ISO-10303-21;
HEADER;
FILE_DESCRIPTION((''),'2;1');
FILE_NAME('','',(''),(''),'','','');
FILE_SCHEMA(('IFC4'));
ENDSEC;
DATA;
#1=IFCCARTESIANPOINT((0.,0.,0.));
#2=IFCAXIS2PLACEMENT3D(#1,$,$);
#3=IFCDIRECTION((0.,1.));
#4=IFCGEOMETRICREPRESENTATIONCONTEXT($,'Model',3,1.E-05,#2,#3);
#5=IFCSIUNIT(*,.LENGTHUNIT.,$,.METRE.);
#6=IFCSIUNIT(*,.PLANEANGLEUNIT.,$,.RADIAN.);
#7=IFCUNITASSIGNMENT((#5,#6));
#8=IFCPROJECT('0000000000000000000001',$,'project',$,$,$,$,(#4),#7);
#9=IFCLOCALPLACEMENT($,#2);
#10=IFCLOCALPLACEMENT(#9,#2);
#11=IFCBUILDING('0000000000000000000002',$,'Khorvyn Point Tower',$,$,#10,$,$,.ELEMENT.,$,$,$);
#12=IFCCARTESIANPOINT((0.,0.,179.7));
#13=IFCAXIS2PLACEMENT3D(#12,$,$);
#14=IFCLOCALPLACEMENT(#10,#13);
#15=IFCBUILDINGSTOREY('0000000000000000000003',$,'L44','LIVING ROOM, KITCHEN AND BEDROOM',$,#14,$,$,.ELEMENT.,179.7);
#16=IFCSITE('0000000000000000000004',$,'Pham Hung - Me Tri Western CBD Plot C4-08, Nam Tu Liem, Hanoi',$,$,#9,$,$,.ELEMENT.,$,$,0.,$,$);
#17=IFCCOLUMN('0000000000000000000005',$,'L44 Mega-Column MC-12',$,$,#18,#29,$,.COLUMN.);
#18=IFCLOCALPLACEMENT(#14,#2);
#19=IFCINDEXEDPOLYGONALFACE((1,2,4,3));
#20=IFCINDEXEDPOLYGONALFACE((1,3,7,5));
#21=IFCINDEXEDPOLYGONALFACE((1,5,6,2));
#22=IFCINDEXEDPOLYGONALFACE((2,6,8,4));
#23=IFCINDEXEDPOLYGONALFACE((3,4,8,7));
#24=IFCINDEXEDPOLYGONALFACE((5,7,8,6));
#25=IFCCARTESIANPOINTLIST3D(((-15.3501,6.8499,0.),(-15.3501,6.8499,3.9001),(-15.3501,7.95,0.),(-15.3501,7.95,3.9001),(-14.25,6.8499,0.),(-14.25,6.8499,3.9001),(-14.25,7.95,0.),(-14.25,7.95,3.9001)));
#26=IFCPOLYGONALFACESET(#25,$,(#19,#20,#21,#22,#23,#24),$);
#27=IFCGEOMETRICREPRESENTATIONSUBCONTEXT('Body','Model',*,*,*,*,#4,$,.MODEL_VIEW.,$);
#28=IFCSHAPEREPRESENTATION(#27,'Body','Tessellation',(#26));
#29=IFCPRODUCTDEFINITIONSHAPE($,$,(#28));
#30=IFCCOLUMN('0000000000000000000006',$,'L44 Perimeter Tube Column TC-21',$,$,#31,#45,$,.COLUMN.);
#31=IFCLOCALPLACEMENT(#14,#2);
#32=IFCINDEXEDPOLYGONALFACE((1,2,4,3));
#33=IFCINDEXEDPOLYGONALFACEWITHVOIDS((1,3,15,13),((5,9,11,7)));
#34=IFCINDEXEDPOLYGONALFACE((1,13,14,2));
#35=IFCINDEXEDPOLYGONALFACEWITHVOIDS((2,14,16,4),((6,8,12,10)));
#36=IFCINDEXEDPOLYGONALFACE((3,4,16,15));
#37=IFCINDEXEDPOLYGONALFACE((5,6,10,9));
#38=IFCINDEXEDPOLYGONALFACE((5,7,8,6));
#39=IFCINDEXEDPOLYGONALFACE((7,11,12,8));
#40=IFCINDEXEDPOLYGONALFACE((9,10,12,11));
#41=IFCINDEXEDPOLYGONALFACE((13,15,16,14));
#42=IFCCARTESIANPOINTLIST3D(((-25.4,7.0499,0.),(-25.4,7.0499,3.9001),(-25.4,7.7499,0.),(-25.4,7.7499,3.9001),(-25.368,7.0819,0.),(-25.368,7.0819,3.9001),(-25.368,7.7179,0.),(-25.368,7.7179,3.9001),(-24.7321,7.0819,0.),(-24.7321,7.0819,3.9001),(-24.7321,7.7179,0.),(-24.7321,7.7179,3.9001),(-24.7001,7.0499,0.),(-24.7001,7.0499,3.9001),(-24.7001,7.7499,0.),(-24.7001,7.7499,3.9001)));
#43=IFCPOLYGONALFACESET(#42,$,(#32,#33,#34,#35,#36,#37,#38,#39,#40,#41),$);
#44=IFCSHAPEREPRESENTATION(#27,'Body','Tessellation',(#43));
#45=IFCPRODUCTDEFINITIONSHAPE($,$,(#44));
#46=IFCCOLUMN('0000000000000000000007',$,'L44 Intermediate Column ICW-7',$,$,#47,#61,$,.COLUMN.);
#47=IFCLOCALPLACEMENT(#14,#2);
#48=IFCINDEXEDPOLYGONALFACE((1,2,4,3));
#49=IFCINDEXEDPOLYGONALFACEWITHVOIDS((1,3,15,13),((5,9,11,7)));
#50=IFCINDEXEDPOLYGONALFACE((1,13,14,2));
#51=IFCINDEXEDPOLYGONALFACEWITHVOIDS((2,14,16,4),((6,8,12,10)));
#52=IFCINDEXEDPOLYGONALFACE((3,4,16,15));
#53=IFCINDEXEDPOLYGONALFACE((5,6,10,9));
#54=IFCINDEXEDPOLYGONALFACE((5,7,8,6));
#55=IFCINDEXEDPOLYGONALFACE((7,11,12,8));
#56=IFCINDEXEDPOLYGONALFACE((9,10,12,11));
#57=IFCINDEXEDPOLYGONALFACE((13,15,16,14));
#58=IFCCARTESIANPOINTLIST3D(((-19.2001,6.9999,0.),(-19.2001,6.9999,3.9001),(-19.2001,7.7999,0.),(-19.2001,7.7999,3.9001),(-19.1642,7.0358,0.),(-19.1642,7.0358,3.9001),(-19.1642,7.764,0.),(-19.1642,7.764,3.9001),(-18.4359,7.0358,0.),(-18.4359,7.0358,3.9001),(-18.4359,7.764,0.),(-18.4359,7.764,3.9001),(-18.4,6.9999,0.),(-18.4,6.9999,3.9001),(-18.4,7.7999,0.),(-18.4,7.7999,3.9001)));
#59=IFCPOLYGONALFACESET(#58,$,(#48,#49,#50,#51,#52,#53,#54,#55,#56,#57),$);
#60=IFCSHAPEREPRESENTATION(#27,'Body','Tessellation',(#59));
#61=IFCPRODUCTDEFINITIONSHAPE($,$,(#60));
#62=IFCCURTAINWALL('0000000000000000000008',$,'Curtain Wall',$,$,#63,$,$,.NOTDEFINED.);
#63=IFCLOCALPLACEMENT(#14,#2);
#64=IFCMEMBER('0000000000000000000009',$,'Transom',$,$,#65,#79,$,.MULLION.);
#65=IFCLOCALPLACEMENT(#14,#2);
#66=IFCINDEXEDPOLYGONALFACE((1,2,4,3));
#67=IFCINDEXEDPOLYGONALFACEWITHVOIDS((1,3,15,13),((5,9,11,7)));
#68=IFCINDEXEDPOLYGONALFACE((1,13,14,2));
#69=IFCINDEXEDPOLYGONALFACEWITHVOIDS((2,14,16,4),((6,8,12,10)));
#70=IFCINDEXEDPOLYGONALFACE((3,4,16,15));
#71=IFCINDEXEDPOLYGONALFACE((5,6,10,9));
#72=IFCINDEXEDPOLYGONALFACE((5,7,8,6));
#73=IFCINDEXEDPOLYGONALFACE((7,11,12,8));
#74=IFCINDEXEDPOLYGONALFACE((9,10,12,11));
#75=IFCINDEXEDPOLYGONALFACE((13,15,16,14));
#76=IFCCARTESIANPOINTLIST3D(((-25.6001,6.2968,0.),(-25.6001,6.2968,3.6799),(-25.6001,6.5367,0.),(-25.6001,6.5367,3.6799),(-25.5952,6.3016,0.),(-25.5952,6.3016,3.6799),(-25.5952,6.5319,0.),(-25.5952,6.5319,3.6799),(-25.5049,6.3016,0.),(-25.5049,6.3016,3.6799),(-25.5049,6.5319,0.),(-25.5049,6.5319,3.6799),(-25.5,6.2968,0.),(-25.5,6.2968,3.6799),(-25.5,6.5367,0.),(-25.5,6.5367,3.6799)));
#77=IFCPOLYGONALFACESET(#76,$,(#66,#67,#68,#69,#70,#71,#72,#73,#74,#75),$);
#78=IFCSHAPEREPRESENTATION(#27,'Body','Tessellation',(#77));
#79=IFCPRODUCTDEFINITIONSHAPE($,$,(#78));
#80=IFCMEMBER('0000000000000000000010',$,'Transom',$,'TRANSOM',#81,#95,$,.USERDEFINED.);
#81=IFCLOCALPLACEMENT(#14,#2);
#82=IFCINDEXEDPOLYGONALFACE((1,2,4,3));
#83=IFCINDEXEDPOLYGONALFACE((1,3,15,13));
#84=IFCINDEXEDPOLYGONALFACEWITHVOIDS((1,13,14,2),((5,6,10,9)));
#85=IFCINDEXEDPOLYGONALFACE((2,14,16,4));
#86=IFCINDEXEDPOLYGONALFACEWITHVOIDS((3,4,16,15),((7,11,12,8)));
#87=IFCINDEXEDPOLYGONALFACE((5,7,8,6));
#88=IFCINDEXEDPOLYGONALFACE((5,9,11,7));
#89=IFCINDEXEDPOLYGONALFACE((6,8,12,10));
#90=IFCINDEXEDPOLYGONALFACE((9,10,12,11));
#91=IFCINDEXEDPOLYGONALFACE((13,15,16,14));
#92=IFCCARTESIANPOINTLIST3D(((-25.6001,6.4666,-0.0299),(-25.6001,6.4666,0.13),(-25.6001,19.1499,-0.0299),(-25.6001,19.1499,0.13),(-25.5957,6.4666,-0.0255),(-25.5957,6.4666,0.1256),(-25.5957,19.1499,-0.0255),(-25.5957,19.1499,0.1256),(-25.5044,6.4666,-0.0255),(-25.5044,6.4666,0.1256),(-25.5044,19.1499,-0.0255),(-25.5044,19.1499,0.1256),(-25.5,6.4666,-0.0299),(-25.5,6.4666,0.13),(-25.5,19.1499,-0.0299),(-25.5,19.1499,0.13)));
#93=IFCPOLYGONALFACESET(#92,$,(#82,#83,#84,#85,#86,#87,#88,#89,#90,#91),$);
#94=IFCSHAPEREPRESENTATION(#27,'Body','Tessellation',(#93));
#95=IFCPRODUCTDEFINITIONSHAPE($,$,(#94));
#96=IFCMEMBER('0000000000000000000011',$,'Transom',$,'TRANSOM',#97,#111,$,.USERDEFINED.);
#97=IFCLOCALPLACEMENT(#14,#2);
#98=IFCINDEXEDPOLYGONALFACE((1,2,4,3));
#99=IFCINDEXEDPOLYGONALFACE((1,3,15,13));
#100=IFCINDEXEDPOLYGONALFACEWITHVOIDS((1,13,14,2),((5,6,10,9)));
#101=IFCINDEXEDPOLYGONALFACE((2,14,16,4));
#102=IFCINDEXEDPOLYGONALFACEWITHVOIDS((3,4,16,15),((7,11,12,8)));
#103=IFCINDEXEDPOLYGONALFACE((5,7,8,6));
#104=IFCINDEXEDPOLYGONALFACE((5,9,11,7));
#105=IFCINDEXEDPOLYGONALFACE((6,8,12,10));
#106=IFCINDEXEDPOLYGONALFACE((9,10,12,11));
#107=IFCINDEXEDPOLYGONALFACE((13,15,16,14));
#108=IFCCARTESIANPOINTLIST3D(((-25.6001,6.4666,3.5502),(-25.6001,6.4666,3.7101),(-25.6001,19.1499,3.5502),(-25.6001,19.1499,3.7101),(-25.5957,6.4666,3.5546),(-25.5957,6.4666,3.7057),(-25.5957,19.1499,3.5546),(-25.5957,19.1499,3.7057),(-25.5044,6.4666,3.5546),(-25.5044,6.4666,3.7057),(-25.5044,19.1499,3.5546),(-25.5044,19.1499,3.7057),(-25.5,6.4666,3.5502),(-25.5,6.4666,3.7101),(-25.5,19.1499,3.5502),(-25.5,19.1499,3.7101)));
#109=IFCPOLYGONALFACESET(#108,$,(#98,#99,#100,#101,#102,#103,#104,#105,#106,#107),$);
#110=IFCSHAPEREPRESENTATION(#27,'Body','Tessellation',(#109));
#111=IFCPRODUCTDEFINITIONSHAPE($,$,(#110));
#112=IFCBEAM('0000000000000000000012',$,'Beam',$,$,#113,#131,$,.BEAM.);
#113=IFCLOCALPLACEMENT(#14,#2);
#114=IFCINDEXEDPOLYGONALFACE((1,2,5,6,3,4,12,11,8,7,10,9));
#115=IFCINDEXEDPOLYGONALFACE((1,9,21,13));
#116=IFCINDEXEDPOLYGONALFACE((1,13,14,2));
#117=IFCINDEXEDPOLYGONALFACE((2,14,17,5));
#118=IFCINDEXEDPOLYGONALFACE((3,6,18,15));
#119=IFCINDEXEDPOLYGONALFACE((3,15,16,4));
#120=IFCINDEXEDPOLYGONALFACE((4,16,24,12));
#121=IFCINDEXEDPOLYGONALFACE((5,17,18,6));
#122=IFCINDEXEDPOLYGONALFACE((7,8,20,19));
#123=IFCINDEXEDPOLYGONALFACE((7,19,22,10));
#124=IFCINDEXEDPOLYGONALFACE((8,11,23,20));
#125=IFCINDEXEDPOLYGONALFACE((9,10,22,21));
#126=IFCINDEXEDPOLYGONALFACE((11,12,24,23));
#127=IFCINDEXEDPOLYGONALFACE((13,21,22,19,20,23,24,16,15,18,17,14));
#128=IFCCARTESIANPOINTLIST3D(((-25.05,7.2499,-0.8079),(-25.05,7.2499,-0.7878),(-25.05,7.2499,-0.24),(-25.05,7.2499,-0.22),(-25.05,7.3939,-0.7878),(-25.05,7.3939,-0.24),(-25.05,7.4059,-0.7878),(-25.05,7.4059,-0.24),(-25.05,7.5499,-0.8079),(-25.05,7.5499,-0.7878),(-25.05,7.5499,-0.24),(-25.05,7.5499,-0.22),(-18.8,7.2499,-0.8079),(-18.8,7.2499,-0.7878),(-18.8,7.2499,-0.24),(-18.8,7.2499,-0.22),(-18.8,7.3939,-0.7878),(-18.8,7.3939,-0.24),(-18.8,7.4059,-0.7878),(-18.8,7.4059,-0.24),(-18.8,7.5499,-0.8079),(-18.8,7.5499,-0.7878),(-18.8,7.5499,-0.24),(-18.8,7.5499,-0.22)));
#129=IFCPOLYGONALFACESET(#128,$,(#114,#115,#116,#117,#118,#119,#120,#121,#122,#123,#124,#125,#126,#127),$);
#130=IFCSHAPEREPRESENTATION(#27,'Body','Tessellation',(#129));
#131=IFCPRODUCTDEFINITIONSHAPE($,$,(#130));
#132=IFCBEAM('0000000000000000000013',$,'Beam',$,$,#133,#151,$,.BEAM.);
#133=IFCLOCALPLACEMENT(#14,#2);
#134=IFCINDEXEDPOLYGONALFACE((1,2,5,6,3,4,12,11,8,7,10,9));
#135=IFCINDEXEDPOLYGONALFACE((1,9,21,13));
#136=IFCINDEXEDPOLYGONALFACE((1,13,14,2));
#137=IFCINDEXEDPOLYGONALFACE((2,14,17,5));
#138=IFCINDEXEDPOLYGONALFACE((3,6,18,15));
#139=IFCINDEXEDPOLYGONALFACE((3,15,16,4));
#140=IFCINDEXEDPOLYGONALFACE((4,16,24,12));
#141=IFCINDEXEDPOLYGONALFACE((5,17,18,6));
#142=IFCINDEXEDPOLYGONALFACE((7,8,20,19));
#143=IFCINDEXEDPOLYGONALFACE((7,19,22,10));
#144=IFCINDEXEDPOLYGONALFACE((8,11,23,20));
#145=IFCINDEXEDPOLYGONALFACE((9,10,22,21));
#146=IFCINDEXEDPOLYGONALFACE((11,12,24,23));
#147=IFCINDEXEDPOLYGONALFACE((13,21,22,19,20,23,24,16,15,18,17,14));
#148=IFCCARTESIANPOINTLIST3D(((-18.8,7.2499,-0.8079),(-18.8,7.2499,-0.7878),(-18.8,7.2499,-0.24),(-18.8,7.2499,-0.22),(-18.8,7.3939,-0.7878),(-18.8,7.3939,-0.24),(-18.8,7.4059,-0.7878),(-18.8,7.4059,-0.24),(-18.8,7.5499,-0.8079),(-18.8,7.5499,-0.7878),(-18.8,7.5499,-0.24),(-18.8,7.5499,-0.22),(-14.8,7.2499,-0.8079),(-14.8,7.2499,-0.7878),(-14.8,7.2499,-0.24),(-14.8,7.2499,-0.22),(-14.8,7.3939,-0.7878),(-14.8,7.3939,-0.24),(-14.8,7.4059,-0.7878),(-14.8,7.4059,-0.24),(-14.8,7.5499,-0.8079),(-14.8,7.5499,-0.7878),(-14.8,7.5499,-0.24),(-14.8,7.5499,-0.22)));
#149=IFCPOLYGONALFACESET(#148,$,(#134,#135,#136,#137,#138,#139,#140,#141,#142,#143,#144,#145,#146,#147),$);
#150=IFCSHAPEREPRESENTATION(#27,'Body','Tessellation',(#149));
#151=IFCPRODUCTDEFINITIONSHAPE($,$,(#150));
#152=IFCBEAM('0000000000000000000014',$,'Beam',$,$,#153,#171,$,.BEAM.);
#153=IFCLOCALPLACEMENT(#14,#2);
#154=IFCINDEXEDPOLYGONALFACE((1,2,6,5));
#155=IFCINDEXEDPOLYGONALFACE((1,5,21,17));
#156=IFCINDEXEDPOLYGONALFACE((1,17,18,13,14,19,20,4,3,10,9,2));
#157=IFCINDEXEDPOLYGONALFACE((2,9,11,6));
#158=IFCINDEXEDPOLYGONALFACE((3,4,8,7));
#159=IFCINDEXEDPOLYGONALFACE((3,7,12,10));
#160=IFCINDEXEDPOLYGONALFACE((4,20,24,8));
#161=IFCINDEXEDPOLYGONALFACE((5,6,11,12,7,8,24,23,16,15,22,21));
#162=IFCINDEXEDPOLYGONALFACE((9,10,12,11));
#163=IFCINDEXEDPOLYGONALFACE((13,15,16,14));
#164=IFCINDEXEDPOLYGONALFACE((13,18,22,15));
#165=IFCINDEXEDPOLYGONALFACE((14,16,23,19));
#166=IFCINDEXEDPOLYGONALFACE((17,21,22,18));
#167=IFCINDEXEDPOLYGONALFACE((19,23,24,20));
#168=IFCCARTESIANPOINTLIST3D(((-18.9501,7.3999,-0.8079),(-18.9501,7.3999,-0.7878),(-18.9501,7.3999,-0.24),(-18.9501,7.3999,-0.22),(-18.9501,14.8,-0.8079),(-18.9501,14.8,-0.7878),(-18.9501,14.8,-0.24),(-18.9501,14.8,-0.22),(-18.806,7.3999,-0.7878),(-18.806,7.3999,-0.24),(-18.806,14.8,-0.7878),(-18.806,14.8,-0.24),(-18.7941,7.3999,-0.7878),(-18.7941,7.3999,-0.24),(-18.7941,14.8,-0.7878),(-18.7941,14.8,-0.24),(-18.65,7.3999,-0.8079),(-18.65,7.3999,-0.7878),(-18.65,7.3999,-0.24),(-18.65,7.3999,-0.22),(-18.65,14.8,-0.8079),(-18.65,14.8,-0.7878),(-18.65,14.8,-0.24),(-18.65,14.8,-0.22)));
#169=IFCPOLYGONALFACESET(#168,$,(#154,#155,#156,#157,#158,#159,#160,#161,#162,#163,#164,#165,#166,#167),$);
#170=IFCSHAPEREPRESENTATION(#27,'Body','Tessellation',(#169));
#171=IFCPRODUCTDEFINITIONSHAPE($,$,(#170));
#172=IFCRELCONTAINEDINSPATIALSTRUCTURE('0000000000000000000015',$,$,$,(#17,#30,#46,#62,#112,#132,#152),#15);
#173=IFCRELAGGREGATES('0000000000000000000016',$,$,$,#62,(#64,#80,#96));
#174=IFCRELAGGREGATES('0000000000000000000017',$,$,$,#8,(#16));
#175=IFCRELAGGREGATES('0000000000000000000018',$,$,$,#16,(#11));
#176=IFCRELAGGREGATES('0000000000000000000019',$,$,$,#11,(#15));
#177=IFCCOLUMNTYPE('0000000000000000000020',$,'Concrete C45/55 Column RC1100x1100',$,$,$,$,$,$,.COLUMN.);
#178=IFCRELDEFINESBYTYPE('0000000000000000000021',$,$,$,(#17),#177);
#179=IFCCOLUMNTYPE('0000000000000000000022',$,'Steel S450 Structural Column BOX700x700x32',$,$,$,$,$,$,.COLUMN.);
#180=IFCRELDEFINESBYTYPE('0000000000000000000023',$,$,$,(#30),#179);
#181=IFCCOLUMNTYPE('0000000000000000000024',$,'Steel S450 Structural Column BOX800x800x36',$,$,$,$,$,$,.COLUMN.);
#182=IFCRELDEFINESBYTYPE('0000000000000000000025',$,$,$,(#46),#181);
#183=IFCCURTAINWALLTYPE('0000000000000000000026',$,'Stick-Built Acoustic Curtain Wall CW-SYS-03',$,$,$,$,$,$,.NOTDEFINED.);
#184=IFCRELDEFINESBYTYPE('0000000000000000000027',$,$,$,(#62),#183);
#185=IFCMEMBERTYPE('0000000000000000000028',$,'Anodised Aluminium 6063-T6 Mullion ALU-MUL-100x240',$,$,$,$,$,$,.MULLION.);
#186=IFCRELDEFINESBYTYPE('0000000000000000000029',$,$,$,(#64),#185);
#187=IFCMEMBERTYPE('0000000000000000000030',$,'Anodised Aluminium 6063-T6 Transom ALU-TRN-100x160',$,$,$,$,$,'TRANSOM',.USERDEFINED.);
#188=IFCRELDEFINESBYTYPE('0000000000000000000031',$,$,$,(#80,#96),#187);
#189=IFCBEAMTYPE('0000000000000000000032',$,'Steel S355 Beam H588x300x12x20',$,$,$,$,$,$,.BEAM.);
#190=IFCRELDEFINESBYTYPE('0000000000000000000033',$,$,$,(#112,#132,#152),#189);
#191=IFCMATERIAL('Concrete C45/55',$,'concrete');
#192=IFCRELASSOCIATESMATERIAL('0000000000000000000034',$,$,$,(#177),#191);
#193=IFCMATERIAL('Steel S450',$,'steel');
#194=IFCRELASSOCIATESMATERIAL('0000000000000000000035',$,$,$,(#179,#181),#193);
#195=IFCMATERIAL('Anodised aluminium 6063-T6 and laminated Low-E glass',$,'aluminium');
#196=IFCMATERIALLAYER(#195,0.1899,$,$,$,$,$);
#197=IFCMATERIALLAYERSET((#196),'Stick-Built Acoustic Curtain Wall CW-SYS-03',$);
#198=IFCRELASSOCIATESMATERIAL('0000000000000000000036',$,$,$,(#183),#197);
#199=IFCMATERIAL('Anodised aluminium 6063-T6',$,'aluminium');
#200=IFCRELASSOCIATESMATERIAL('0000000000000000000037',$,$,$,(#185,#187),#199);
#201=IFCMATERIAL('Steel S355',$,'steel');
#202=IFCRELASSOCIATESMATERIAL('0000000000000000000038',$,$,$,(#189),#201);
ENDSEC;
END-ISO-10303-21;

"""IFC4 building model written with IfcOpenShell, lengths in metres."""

from ifc_helpers import new_model, si_unit, direction, frame, origin, origin_2d, place, context, subcontext, project, spatial, rectangle, hollow_rectangle, i_section, extrude, material, layer, layer_set, material_profile, profile_set, type_object, element, aggregate, save


model = new_model("IFC4")

# Units and contexts
model_context = context("Model", 3, precision=1e-05, world=origin(), true_north=direction((0.0, 1.0)))
body_context = subcontext(model_context, "Body", "Model", "MODEL_VIEW")
ifc_project = project(units=[si_unit("LENGTHUNIT", "METRE"), si_unit("PLANEANGLEUNIT", "RADIAN")], contexts=[model_context])

# Site, building, storey
site_placement = place(None, origin())
site = spatial("IfcSite", under=ifc_project, at=site_placement, Name="Pham Hung - Me Tri Western CBD Plot C4-08, Nam Tu Liem, Hanoi", CompositionType="ELEMENT", RefElevation=0.0)
building_placement = place(site_placement, origin())
building = spatial("IfcBuilding", under=site, at=building_placement, Name="Khorvyn Point Tower", CompositionType="ELEMENT")
storey_placement = place(building_placement, frame((0.0, 0.0, 179.7)))
storey = spatial("IfcBuildingStorey", under=building, at=storey_placement, Name="L44", Description="LIVING ROOM, KITCHEN AND BEDROOM", CompositionType="ELEMENT", Elevation=179.7)

# Columns
ifc_material_1 = material(Name="Concrete C45/55", Category="concrete")
ifc_material_profile_1 = material_profile(ifc_material_1, rectangle(XDim=1.1001, YDim=1.1001, at=origin_2d()))
ifc_profile_set_1 = profile_set([ifc_material_profile_1], Name="Concrete C45/55 RC1100x1100")
column_type_1 = type_object("IfcColumnType", Name="Concrete C45/55 Column RC1100x1100", PredefinedType="COLUMN", material=ifc_profile_set_1)
column_1_placement = place(storey_placement, frame((-14.8, 7.3999, 0.0), z_axis=(0.0, 0.0, 1.0), x_axis=(1.0, 0.0, 0.0)))
element("IfcColumn", 1, at=column_1_placement, inside=storey, type_object=column_type_1, Name="L44 Mega-Column MC-12", PredefinedType="COLUMN", context=body_context, shape_type="SweptSolid", body=[
    extrude(rectangle(XDim=1.1001, YDim=1.1001, at=origin_2d()), origin(), (0.0, 0.0, 1.0), 3.9001),
])
ifc_material_2 = material(Name="Steel S450", Category="steel")
ifc_material_profile_2 = material_profile(ifc_material_2, hollow_rectangle(XDim=0.7, YDim=0.7, WallThickness=0.032, at=origin_2d()))
ifc_profile_set_2 = profile_set([ifc_material_profile_2], Name="Steel S450 BOX700x700x32")
column_type_2 = type_object("IfcColumnType", Name="Steel S450 Structural Column BOX700x700x32", PredefinedType="COLUMN", material=ifc_profile_set_2)
column_2_placement = place(storey_placement, frame((-25.05, 7.3999, 0.0), z_axis=(0.0, 0.0, 1.0), x_axis=(1.0, 0.0, 0.0)))
element("IfcColumn", 2, at=column_2_placement, inside=storey, type_object=column_type_2, Name="L44 Perimeter Tube Column TC-21", PredefinedType="COLUMN", context=body_context, shape_type="SweptSolid", body=[
    extrude(hollow_rectangle(XDim=0.7, YDim=0.7, WallThickness=0.032, at=origin_2d()), origin(), (0.0, 0.0, 1.0), 3.9001),
])
ifc_material_profile_3 = material_profile(ifc_material_2, hollow_rectangle(XDim=0.8, YDim=0.8, WallThickness=0.0359, at=origin_2d()))
ifc_profile_set_3 = profile_set([ifc_material_profile_3], Name="Steel S450 BOX800x800x36")
column_type_3 = type_object("IfcColumnType", Name="Steel S450 Structural Column BOX800x800x36", PredefinedType="COLUMN", material=ifc_profile_set_3)
column_3_placement = place(storey_placement, frame((-18.8, 7.3999, 0.0), z_axis=(0.0, 0.0, 1.0), x_axis=(1.0, 0.0, 0.0)))
element("IfcColumn", 3, at=column_3_placement, inside=storey, type_object=column_type_3, Name="L44 Intermediate Column ICW-7", PredefinedType="COLUMN", context=body_context, shape_type="SweptSolid", body=[
    extrude(hollow_rectangle(XDim=0.8, YDim=0.8, WallThickness=0.0359, at=origin_2d()), origin(), (0.0, 0.0, 1.0), 3.9001),
])

# Curtain wall, members
ifc_material_3 = material(Name="Anodised aluminium 6063-T6 and laminated Low-E glass", Category="aluminium")
ifc_layer_1 = layer(ifc_material_3, 0.1899)
ifc_layer_set_1 = layer_set([ifc_layer_1], Name="Stick-Built Acoustic Curtain Wall CW-SYS-03")
curtain_wall_type = type_object("IfcCurtainWallType", Name="Stick-Built Acoustic Curtain Wall CW-SYS-03", PredefinedType="NOTDEFINED", material=ifc_layer_set_1)
curtain_wall_placement = place(storey_placement, origin())
curtain_wall = element("IfcCurtainWall", 4, at=curtain_wall_placement, inside=storey, type_object=curtain_wall_type, Name="Curtain Wall", PredefinedType="NOTDEFINED")
ifc_material_4 = material(Name="Anodised aluminium 6063-T6", Category="aluminium")
ifc_material_profile_4 = material_profile(ifc_material_4, hollow_rectangle(XDim=0.1001, YDim=0.24, WallThickness=0.0049, at=origin_2d()))
ifc_profile_set_4 = profile_set([ifc_material_profile_4], Name="Anodised aluminium 6063-T6 ALU-MUL-100x240")
member_type_1 = type_object("IfcMemberType", Name="Anodised Aluminium 6063-T6 Mullion ALU-MUL-100x240", PredefinedType="MULLION", material=ifc_profile_set_4)
member_1_placement = place(storey_placement, frame((-25.55, 6.4167, 0.0), z_axis=(0.0, 0.0, 1.0), x_axis=(-1.0, 0.0, 0.0)))
member_1 = element("IfcMember", 5, at=member_1_placement, type_object=member_type_1, Name="Transom", PredefinedType="MULLION", context=body_context, shape_type="SweptSolid", body=[
    extrude(hollow_rectangle(XDim=0.1001, YDim=0.24, WallThickness=0.0049, at=origin_2d()), origin(), (0.0, 0.0, 1.0), 3.6799),
])
ifc_material_profile_5 = material_profile(ifc_material_4, hollow_rectangle(XDim=0.1001, YDim=0.1599, WallThickness=0.0044, at=origin_2d()))
ifc_profile_set_5 = profile_set([ifc_material_profile_5], Name="Anodised aluminium 6063-T6 ALU-TRN-100x160")
member_type_2 = type_object("IfcMemberType", Name="Anodised Aluminium 6063-T6 Transom ALU-TRN-100x160", ElementType="TRANSOM", PredefinedType="USERDEFINED", material=ifc_profile_set_5)
member_2_placement = place(storey_placement, frame((-25.55, 6.4666, 0.05), z_axis=(0.0, 1.0, 0.0), x_axis=(-1.0, 0.0, 0.0)))
member_2 = element("IfcMember", 6, at=member_2_placement, type_object=member_type_2, Name="Transom", ObjectType="TRANSOM", PredefinedType="USERDEFINED", context=body_context, shape_type="SweptSolid", body=[
    extrude(hollow_rectangle(XDim=0.1001, YDim=0.1599, WallThickness=0.0044, at=origin_2d()), origin(), (0.0, 0.0, 1.0), 12.6833),
])
member_3_placement = place(storey_placement, frame((-25.55, 6.4666, 3.6301), z_axis=(0.0, 1.0, 0.0), x_axis=(-1.0, 0.0, 0.0)))
member_3 = element("IfcMember", 7, at=member_3_placement, type_object=member_type_2, Name="Transom", ObjectType="TRANSOM", PredefinedType="USERDEFINED", context=body_context, shape_type="SweptSolid", body=[
    extrude(hollow_rectangle(XDim=0.1001, YDim=0.1599, WallThickness=0.0044, at=origin_2d()), origin(), (0.0, 0.0, 1.0), 12.6833),
])

# Beams
ifc_material_5 = material(Name="Steel S355", Category="steel")
ifc_material_profile_6 = material_profile(ifc_material_5, i_section(OverallWidth=0.3, OverallDepth=0.5879, WebThickness=0.012, FlangeThickness=0.02, at=origin_2d()))
ifc_profile_set_6 = profile_set([ifc_material_profile_6], Name="Steel S355 H588x300x12x20")
beam_type_1 = type_object("IfcBeamType", Name="Steel S355 Beam H588x300x12x20", PredefinedType="BEAM", material=ifc_profile_set_6)
beam_1_placement = place(storey_placement, frame((-25.05, 7.3999, -0.5139), z_axis=(1.0, 0.0, 0.0), x_axis=(0.0, 1.0, 0.0)))
element("IfcBeam", 8, at=beam_1_placement, inside=storey, type_object=beam_type_1, Name="Beam", PredefinedType="BEAM", context=body_context, shape_type="SweptSolid", body=[
    extrude(i_section(OverallWidth=0.3, OverallDepth=0.5879, WebThickness=0.012, FlangeThickness=0.02, at=origin_2d()), origin(), (0.0, 0.0, 1.0), 6.25),
])
beam_2_placement = place(storey_placement, frame((-18.8, 7.3999, -0.5139), z_axis=(1.0, 0.0, 0.0), x_axis=(0.0, 1.0, 0.0)))
element("IfcBeam", 9, at=beam_2_placement, inside=storey, type_object=beam_type_1, Name="Beam", PredefinedType="BEAM", context=body_context, shape_type="SweptSolid", body=[
    extrude(i_section(OverallWidth=0.3, OverallDepth=0.5879, WebThickness=0.012, FlangeThickness=0.02, at=origin_2d()), origin(), (0.0, 0.0, 1.0), 4.0),
])
beam_3_placement = place(storey_placement, frame((-18.8, 7.3999, -0.5139), z_axis=(0.0, 1.0, 0.0), x_axis=(-1.0, 0.0, 0.0)))
element("IfcBeam", 10, at=beam_3_placement, inside=storey, type_object=beam_type_1, Name="Beam", PredefinedType="BEAM", context=body_context, shape_type="SweptSolid", body=[
    extrude(i_section(OverallWidth=0.3, OverallDepth=0.5879, WebThickness=0.012, FlangeThickness=0.02, at=origin_2d()), origin(), (0.0, 0.0, 1.0), 7.4001),
])

aggregate(curtain_wall, [member_1, member_2, member_3])

save(model, "model.ifc")
